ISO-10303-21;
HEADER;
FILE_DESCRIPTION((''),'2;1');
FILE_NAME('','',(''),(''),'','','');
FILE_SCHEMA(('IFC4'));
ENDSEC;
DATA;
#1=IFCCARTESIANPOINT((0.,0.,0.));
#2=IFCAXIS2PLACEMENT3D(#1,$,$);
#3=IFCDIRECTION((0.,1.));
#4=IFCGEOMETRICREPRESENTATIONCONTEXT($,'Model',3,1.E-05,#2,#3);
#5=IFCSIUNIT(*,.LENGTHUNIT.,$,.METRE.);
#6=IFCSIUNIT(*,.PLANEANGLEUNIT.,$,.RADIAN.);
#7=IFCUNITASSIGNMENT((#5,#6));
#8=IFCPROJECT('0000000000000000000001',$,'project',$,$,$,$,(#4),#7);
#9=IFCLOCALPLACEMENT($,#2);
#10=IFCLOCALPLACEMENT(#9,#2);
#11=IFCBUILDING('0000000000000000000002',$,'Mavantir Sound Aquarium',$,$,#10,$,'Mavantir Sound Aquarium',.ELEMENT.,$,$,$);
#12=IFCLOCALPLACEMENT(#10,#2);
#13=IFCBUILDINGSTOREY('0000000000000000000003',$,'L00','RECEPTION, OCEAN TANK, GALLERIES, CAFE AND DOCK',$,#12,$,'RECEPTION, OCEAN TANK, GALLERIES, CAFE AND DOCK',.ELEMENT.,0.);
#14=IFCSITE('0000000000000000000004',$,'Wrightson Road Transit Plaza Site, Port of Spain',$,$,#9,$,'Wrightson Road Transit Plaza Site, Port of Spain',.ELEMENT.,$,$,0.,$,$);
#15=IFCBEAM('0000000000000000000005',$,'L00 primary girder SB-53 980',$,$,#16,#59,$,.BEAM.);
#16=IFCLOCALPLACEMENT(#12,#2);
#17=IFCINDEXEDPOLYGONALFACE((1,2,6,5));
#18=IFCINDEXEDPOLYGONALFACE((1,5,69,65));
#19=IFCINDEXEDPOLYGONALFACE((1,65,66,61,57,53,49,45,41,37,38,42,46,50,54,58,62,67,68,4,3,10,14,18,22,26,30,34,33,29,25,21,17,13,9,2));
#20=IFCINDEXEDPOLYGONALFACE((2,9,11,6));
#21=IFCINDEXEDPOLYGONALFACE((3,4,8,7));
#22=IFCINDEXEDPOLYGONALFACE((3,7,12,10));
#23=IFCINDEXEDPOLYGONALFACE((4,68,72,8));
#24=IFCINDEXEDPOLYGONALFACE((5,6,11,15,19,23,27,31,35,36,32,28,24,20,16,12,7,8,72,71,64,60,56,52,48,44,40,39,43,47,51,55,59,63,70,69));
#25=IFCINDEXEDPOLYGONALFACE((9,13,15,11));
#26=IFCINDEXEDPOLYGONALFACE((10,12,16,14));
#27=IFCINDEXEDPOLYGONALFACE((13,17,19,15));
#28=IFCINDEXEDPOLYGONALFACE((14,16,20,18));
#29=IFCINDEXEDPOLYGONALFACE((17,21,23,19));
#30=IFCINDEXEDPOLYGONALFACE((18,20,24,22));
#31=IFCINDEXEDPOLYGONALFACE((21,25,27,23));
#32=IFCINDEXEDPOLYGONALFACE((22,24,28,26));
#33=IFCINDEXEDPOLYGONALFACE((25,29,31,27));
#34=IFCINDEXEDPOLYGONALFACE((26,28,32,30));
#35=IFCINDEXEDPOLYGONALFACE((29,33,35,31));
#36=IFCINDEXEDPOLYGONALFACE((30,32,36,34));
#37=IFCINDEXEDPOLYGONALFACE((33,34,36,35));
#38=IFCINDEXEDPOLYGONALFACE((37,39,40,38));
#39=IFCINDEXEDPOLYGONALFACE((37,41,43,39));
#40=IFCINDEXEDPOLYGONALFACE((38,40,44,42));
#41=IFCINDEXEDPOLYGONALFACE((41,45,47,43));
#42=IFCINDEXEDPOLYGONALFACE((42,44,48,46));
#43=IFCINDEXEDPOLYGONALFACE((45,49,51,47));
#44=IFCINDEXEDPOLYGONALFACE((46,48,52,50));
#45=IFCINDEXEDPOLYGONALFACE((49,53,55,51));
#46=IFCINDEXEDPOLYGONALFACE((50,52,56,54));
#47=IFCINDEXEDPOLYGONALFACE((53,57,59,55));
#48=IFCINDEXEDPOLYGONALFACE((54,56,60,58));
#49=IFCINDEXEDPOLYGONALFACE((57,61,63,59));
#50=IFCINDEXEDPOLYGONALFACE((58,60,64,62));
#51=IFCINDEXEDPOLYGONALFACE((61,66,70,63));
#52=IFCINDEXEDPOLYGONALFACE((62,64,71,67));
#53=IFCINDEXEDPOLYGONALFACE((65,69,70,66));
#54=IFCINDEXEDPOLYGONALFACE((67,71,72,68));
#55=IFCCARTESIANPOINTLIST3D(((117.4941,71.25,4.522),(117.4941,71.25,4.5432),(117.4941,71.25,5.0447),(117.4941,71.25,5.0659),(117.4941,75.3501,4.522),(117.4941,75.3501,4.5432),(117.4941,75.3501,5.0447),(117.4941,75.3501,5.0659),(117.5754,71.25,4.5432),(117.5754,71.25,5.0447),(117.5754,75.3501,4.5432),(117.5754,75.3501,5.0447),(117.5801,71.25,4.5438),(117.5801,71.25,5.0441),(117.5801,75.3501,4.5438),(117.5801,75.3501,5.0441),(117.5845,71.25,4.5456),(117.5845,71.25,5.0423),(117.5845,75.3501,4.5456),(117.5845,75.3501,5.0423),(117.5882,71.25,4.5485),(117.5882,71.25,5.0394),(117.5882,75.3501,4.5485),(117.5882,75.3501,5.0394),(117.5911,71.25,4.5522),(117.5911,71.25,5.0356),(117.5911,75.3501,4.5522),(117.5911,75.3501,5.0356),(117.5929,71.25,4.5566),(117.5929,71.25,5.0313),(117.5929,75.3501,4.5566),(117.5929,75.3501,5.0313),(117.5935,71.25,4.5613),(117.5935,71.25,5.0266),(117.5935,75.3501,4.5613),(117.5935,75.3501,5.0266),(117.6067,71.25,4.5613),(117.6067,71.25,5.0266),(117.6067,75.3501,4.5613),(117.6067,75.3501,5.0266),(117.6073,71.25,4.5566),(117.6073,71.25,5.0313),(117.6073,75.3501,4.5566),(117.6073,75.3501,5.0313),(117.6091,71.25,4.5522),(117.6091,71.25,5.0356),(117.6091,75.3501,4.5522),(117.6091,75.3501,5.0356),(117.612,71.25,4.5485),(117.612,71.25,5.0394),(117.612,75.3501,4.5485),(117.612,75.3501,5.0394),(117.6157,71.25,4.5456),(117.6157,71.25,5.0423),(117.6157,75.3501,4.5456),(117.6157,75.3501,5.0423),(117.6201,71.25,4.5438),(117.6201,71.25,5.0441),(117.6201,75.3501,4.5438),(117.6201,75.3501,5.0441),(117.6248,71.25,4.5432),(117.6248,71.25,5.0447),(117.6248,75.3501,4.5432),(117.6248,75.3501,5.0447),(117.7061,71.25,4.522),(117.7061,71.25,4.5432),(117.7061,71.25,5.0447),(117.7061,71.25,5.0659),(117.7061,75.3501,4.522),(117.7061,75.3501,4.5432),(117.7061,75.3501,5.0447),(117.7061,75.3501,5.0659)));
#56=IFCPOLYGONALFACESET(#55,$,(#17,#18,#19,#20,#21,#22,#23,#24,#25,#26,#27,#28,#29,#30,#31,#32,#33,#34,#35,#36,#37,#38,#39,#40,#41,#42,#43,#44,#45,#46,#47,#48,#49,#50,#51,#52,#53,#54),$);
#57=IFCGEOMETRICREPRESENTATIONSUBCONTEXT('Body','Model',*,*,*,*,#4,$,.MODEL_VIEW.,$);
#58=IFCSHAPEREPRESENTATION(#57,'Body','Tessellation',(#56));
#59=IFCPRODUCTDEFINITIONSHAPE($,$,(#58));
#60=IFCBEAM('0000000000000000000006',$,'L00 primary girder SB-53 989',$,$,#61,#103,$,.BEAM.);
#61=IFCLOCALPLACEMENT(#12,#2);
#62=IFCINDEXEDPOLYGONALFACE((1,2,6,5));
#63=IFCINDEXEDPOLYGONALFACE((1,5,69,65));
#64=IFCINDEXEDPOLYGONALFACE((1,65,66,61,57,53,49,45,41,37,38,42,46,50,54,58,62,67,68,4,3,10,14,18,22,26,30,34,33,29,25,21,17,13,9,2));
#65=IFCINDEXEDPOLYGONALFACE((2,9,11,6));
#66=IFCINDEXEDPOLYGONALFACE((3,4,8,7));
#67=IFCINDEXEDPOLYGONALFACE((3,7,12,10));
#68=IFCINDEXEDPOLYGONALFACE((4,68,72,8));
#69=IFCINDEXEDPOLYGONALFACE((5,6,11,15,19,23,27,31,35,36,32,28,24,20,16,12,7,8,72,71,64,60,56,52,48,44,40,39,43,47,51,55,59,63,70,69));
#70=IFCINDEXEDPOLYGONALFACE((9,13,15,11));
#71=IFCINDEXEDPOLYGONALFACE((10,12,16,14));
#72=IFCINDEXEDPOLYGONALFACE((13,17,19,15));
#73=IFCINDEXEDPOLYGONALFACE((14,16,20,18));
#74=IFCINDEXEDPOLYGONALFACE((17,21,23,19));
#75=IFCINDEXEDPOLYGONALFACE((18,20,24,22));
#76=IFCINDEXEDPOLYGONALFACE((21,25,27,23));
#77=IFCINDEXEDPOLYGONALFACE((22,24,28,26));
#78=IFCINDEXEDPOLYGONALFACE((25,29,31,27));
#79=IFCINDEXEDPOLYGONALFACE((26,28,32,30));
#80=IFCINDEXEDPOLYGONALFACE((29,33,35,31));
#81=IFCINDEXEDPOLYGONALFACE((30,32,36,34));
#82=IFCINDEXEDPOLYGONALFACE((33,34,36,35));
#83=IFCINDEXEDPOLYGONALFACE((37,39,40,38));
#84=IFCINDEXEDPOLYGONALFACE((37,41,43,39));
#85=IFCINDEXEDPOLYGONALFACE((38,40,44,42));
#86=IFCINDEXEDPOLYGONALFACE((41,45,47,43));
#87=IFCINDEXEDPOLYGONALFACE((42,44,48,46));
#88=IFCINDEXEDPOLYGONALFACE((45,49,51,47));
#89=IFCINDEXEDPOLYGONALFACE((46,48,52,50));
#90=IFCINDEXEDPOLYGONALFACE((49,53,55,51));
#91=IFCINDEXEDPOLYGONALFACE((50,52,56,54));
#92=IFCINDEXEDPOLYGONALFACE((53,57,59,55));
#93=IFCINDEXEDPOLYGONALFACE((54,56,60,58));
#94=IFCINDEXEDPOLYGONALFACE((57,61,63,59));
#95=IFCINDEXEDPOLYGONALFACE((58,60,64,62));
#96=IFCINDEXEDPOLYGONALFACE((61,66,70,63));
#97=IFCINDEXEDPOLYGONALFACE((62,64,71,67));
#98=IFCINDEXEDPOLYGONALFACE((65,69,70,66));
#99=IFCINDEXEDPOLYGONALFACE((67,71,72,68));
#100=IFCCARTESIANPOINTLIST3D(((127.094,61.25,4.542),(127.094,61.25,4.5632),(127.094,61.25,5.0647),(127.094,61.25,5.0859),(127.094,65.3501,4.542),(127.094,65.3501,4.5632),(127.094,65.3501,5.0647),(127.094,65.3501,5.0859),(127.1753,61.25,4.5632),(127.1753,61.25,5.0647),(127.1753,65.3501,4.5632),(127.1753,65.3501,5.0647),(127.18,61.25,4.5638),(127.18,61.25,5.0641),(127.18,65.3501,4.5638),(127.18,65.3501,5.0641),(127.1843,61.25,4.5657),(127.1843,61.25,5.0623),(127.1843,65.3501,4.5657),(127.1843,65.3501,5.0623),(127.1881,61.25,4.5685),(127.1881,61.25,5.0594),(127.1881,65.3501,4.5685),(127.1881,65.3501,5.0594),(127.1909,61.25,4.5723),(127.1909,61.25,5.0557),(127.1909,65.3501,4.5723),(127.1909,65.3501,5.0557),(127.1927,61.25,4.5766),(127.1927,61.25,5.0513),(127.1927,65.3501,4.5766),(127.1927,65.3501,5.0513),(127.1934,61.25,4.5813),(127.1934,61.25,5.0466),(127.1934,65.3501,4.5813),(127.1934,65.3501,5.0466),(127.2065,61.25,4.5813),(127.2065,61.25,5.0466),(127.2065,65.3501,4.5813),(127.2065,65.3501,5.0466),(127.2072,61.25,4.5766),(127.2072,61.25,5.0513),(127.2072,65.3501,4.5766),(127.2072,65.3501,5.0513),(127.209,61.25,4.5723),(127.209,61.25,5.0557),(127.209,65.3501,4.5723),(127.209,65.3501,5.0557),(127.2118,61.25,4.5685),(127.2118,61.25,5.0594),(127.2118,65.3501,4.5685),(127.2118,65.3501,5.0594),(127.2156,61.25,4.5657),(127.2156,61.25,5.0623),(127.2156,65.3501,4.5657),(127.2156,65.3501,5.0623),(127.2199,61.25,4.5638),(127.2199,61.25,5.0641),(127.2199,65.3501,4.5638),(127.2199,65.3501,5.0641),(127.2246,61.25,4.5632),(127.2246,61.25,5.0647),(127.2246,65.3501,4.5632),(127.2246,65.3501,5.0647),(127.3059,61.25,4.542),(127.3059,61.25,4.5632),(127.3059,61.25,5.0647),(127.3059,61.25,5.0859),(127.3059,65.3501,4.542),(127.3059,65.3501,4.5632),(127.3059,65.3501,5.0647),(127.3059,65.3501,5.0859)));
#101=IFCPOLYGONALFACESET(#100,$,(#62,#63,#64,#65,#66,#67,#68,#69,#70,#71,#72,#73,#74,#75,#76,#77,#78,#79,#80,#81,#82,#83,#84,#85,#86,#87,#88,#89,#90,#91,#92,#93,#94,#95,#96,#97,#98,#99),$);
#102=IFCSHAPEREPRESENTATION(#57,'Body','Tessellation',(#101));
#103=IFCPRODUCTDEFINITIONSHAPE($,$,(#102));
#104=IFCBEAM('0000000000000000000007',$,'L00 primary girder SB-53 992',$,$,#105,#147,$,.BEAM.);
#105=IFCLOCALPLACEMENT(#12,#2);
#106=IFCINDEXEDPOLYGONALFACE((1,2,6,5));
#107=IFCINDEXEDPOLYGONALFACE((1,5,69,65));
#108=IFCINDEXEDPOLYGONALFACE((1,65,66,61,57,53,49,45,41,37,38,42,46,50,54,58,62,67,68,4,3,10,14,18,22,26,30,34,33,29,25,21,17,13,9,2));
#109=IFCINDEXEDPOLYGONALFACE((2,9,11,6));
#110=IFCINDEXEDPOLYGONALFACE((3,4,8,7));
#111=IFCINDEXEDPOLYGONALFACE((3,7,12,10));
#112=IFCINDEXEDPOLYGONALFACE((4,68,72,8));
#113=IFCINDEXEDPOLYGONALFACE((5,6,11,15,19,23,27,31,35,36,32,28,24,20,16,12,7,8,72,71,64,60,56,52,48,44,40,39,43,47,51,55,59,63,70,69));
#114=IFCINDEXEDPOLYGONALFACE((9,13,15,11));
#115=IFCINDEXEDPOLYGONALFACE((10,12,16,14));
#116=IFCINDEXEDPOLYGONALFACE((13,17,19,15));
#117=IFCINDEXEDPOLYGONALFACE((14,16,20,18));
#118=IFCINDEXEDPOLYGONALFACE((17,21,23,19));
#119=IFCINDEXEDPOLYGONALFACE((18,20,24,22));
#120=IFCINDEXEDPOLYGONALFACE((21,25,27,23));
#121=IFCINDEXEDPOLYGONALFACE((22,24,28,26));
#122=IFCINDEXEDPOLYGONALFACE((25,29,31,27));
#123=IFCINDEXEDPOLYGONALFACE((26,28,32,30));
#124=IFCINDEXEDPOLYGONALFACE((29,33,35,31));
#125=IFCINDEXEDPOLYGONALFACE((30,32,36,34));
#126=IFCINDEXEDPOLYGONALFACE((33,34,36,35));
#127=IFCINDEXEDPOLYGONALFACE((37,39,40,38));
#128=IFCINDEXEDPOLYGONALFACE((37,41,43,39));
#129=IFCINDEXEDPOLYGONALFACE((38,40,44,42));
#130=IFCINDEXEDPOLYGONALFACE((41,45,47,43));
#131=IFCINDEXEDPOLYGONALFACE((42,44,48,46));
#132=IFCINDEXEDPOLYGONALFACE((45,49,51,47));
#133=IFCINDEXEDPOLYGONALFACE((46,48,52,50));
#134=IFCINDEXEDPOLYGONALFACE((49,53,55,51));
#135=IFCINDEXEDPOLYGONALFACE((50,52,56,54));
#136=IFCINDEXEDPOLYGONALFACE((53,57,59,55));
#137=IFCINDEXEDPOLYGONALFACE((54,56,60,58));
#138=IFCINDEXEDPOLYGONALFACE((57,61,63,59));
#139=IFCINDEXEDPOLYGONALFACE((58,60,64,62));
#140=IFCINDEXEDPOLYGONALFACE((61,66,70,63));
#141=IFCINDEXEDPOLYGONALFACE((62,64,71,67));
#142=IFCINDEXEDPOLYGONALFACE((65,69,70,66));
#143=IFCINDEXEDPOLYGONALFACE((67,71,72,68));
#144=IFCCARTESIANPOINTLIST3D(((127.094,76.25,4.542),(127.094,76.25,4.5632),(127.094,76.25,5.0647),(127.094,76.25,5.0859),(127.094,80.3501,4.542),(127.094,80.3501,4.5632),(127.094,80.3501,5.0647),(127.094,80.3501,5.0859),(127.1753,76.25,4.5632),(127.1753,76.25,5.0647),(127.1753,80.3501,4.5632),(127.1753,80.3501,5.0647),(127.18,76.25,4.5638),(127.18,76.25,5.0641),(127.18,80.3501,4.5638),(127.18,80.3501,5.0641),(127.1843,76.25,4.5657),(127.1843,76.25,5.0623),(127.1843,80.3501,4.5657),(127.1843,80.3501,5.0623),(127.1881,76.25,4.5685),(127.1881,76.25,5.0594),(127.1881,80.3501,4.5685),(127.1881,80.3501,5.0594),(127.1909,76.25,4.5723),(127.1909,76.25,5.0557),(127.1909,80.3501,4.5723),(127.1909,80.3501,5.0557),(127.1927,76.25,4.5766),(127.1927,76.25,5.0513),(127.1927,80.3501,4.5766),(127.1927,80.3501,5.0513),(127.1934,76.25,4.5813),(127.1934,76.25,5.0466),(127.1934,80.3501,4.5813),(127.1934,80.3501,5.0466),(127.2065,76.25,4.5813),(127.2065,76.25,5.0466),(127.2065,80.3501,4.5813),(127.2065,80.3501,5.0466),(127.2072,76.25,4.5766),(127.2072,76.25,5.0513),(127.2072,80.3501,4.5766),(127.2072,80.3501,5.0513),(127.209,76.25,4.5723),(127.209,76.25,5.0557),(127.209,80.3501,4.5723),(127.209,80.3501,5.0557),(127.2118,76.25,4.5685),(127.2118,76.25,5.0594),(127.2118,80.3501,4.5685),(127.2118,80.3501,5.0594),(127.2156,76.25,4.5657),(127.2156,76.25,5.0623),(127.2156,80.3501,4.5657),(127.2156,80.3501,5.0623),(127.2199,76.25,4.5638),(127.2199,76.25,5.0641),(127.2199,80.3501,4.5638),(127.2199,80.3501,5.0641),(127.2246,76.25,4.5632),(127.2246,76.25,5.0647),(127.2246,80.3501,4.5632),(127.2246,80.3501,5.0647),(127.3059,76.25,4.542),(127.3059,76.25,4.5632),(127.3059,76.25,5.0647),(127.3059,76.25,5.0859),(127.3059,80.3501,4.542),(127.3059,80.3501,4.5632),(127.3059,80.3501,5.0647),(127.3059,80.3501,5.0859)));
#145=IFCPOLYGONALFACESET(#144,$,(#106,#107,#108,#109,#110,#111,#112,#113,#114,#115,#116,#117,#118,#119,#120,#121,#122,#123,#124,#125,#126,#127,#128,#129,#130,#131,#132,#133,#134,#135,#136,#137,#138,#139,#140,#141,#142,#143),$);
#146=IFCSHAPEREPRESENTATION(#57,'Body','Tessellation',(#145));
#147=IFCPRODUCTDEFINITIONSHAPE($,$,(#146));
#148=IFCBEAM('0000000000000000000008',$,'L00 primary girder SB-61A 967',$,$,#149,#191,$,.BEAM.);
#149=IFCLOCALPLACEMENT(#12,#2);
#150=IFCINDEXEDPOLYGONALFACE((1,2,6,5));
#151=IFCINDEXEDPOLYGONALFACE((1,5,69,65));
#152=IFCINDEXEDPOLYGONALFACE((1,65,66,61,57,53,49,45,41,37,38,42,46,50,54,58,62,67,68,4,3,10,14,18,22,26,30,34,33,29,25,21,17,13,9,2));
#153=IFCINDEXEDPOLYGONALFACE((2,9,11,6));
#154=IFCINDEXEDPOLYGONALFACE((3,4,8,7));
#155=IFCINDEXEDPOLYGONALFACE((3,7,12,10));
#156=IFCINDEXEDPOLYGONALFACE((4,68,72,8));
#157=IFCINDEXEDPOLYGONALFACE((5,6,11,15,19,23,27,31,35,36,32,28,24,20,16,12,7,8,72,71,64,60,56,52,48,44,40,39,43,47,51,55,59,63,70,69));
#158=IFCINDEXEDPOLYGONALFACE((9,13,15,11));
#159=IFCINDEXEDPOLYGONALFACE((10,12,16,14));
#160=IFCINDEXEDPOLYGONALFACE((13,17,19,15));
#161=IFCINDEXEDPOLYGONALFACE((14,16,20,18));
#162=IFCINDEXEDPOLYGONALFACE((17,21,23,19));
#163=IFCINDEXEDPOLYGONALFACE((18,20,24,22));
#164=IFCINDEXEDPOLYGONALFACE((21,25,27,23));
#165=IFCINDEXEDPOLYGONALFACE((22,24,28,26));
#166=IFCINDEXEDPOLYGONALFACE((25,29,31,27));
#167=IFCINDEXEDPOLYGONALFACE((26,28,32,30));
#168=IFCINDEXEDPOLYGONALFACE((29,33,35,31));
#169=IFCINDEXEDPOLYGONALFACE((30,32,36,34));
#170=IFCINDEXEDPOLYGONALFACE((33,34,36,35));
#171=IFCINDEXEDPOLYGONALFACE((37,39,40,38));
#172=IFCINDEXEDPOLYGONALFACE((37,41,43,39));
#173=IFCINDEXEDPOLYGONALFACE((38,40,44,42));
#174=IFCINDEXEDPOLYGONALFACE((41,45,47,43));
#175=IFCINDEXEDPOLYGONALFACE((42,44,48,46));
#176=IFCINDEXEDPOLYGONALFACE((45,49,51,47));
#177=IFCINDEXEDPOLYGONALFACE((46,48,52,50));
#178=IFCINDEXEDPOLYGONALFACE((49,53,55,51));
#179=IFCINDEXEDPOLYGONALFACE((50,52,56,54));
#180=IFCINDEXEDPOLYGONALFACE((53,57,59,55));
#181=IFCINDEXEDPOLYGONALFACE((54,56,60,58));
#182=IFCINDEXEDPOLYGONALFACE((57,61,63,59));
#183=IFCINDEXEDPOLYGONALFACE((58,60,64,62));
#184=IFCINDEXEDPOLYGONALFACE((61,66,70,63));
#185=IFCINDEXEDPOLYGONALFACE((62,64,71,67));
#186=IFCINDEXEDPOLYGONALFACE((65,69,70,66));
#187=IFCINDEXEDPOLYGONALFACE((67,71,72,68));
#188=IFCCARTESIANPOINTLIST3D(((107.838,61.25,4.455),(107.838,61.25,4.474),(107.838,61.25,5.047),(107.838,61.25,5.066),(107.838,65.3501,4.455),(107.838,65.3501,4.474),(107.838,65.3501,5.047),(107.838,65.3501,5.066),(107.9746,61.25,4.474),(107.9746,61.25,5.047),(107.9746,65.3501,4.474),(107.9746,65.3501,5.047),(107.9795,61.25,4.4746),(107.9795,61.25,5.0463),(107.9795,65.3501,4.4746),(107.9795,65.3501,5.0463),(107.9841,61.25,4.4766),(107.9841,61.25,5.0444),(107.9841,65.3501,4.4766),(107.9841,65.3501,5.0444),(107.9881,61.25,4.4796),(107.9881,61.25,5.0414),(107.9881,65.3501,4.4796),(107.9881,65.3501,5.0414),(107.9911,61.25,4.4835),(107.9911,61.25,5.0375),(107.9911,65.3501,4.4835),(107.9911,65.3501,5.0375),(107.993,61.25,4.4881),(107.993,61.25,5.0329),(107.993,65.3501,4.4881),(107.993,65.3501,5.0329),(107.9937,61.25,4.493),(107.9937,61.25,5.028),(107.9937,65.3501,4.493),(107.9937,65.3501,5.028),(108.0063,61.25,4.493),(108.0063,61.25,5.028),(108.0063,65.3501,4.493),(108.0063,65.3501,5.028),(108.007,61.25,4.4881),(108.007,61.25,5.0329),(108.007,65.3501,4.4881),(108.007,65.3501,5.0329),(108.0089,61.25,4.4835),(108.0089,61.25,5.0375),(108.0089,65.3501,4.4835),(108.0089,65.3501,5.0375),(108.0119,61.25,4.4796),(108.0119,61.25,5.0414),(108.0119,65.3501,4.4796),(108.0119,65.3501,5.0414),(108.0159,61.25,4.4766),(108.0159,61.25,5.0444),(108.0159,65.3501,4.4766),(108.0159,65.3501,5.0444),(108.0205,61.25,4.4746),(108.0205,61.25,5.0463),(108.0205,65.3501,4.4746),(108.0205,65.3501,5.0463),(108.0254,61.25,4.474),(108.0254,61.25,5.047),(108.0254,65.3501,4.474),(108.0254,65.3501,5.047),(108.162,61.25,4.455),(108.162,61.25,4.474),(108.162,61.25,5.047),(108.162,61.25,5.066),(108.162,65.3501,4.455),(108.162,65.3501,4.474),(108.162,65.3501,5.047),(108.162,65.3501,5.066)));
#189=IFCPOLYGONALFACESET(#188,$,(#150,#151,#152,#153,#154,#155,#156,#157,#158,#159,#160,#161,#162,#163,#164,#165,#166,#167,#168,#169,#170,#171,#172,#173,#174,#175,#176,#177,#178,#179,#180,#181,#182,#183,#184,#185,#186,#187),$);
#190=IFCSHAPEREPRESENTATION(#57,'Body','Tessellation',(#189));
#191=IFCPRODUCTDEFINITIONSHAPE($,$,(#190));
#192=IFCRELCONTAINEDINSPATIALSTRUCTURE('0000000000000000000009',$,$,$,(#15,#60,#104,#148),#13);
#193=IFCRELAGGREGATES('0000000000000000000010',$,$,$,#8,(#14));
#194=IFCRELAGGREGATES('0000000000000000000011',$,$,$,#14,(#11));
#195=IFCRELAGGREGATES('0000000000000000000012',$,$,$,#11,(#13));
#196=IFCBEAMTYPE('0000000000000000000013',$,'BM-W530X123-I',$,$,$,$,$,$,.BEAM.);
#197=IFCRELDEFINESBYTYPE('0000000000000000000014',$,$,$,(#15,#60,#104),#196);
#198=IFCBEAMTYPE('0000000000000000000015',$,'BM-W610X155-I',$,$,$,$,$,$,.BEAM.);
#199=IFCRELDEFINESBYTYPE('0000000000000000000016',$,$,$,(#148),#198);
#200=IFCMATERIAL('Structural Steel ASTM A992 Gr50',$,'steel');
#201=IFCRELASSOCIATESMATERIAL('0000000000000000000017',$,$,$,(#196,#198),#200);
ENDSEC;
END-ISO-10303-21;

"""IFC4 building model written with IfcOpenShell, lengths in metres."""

from ifc_helpers import new_model, si_unit, direction, frame, origin, origin_2d, place, context, subcontext, project, spatial, i_section, extrude, material, material_profile, profile_set, type_object, element, save


model = new_model("IFC4")

# Units and contexts
model_context = context("Model", 3, precision=1e-05, world=origin(), true_north=direction((0.0, 1.0)))
body_context = subcontext(model_context, "Body", "Model", "MODEL_VIEW")
ifc_project = project(units=[si_unit("LENGTHUNIT", "METRE"), si_unit("PLANEANGLEUNIT", "RADIAN")], contexts=[model_context])

# Site, building, storey
site_placement = place(None, origin())
site = spatial("IfcSite", under=ifc_project, at=site_placement, Name="Wrightson Road Transit Plaza Site, Port of Spain", LongName="Wrightson Road Transit Plaza Site, Port of Spain", CompositionType="ELEMENT", RefElevation=0.0)
building_placement = place(site_placement, origin())
building = spatial("IfcBuilding", under=site, at=building_placement, Name="Mavantir Sound Aquarium", LongName="Mavantir Sound Aquarium", CompositionType="ELEMENT")
storey_placement = place(building_placement, origin())
storey = spatial("IfcBuildingStorey", under=building, at=storey_placement, Name="L00", Description="RECEPTION, OCEAN TANK, GALLERIES, CAFE AND DOCK", LongName="RECEPTION, OCEAN TANK, GALLERIES, CAFE AND DOCK", CompositionType="ELEMENT", Elevation=0.0)

# Beams
ifc_material_1 = material(Name="Structural Steel ASTM A992 Gr50", Category="steel")
ifc_material_profile_1 = material_profile(ifc_material_1, i_section(OverallWidth=0.2119, OverallDepth=0.5439, WebThickness=0.0132, FlangeThickness=0.0212, FilletRadius=0.0181, at=origin_2d()), Name="W530X123")
ifc_profile_set_1 = profile_set([ifc_material_profile_1], Name="Structural Steel ASTM A992 Gr50")
beam_type_1 = type_object("IfcBeamType", Name="BM-W530X123-I", PredefinedType="BEAM", material=ifc_profile_set_1)
for number, where, z_axis, x_axis, name in (
    (1, (117.6001, 71.25, 4.7939), (0.0, 1.0, 0.0), (-1.0, 0.0, 0.0), "L00 primary girder SB-53 980"),
    (2, (127.2, 61.25, 4.814), (0.0, 1.0, 0.0), (-1.0, 0.0, 0.0), "L00 primary girder SB-53 989"),
    (3, (127.2, 76.25, 4.814), (0.0, 1.0, 0.0), (-1.0, 0.0, 0.0), "L00 primary girder SB-53 992"),
):
    element("IfcBeam", number, at=place(storey_placement, frame(where, z_axis=z_axis, x_axis=x_axis)), inside=storey, type_object=beam_type_1, Name=name, PredefinedType="BEAM", context=body_context, shape_type="SweptSolid", body=[
        extrude(i_section(OverallWidth=0.2119, OverallDepth=0.5439, WebThickness=0.0132, FlangeThickness=0.0212, FilletRadius=0.0181, at=origin_2d()), origin(), (0.0, 0.0, 1.0), 4.1001),
    ])
ifc_material_profile_2 = material_profile(ifc_material_1, i_section(OverallWidth=0.324, OverallDepth=0.6111, WebThickness=0.0127, FlangeThickness=0.019, FilletRadius=0.019, at=origin_2d()), Name="W610X155")
ifc_profile_set_2 = profile_set([ifc_material_profile_2], Name="Structural Steel ASTM A992 Gr50")
beam_type_2 = type_object("IfcBeamType", Name="BM-W610X155-I", PredefinedType="BEAM", material=ifc_profile_set_2)
for number, where, z_axis, x_axis, name in (
    (4, (108.0, 61.25, 4.7605), (0.0, 1.0, 0.0), (-1.0, 0.0, 0.0), "L00 primary girder SB-61A 967"),
):
    element("IfcBeam", number, at=place(storey_placement, frame(where, z_axis=z_axis, x_axis=x_axis)), inside=storey, type_object=beam_type_2, Name=name, PredefinedType="BEAM", context=body_context, shape_type="SweptSolid", body=[
        extrude(i_section(OverallWidth=0.324, OverallDepth=0.6111, WebThickness=0.0127, FlangeThickness=0.019, FilletRadius=0.019, at=origin_2d()), origin(), (0.0, 0.0, 1.0), 4.1001),
    ])

save(model, "model.ifc")
